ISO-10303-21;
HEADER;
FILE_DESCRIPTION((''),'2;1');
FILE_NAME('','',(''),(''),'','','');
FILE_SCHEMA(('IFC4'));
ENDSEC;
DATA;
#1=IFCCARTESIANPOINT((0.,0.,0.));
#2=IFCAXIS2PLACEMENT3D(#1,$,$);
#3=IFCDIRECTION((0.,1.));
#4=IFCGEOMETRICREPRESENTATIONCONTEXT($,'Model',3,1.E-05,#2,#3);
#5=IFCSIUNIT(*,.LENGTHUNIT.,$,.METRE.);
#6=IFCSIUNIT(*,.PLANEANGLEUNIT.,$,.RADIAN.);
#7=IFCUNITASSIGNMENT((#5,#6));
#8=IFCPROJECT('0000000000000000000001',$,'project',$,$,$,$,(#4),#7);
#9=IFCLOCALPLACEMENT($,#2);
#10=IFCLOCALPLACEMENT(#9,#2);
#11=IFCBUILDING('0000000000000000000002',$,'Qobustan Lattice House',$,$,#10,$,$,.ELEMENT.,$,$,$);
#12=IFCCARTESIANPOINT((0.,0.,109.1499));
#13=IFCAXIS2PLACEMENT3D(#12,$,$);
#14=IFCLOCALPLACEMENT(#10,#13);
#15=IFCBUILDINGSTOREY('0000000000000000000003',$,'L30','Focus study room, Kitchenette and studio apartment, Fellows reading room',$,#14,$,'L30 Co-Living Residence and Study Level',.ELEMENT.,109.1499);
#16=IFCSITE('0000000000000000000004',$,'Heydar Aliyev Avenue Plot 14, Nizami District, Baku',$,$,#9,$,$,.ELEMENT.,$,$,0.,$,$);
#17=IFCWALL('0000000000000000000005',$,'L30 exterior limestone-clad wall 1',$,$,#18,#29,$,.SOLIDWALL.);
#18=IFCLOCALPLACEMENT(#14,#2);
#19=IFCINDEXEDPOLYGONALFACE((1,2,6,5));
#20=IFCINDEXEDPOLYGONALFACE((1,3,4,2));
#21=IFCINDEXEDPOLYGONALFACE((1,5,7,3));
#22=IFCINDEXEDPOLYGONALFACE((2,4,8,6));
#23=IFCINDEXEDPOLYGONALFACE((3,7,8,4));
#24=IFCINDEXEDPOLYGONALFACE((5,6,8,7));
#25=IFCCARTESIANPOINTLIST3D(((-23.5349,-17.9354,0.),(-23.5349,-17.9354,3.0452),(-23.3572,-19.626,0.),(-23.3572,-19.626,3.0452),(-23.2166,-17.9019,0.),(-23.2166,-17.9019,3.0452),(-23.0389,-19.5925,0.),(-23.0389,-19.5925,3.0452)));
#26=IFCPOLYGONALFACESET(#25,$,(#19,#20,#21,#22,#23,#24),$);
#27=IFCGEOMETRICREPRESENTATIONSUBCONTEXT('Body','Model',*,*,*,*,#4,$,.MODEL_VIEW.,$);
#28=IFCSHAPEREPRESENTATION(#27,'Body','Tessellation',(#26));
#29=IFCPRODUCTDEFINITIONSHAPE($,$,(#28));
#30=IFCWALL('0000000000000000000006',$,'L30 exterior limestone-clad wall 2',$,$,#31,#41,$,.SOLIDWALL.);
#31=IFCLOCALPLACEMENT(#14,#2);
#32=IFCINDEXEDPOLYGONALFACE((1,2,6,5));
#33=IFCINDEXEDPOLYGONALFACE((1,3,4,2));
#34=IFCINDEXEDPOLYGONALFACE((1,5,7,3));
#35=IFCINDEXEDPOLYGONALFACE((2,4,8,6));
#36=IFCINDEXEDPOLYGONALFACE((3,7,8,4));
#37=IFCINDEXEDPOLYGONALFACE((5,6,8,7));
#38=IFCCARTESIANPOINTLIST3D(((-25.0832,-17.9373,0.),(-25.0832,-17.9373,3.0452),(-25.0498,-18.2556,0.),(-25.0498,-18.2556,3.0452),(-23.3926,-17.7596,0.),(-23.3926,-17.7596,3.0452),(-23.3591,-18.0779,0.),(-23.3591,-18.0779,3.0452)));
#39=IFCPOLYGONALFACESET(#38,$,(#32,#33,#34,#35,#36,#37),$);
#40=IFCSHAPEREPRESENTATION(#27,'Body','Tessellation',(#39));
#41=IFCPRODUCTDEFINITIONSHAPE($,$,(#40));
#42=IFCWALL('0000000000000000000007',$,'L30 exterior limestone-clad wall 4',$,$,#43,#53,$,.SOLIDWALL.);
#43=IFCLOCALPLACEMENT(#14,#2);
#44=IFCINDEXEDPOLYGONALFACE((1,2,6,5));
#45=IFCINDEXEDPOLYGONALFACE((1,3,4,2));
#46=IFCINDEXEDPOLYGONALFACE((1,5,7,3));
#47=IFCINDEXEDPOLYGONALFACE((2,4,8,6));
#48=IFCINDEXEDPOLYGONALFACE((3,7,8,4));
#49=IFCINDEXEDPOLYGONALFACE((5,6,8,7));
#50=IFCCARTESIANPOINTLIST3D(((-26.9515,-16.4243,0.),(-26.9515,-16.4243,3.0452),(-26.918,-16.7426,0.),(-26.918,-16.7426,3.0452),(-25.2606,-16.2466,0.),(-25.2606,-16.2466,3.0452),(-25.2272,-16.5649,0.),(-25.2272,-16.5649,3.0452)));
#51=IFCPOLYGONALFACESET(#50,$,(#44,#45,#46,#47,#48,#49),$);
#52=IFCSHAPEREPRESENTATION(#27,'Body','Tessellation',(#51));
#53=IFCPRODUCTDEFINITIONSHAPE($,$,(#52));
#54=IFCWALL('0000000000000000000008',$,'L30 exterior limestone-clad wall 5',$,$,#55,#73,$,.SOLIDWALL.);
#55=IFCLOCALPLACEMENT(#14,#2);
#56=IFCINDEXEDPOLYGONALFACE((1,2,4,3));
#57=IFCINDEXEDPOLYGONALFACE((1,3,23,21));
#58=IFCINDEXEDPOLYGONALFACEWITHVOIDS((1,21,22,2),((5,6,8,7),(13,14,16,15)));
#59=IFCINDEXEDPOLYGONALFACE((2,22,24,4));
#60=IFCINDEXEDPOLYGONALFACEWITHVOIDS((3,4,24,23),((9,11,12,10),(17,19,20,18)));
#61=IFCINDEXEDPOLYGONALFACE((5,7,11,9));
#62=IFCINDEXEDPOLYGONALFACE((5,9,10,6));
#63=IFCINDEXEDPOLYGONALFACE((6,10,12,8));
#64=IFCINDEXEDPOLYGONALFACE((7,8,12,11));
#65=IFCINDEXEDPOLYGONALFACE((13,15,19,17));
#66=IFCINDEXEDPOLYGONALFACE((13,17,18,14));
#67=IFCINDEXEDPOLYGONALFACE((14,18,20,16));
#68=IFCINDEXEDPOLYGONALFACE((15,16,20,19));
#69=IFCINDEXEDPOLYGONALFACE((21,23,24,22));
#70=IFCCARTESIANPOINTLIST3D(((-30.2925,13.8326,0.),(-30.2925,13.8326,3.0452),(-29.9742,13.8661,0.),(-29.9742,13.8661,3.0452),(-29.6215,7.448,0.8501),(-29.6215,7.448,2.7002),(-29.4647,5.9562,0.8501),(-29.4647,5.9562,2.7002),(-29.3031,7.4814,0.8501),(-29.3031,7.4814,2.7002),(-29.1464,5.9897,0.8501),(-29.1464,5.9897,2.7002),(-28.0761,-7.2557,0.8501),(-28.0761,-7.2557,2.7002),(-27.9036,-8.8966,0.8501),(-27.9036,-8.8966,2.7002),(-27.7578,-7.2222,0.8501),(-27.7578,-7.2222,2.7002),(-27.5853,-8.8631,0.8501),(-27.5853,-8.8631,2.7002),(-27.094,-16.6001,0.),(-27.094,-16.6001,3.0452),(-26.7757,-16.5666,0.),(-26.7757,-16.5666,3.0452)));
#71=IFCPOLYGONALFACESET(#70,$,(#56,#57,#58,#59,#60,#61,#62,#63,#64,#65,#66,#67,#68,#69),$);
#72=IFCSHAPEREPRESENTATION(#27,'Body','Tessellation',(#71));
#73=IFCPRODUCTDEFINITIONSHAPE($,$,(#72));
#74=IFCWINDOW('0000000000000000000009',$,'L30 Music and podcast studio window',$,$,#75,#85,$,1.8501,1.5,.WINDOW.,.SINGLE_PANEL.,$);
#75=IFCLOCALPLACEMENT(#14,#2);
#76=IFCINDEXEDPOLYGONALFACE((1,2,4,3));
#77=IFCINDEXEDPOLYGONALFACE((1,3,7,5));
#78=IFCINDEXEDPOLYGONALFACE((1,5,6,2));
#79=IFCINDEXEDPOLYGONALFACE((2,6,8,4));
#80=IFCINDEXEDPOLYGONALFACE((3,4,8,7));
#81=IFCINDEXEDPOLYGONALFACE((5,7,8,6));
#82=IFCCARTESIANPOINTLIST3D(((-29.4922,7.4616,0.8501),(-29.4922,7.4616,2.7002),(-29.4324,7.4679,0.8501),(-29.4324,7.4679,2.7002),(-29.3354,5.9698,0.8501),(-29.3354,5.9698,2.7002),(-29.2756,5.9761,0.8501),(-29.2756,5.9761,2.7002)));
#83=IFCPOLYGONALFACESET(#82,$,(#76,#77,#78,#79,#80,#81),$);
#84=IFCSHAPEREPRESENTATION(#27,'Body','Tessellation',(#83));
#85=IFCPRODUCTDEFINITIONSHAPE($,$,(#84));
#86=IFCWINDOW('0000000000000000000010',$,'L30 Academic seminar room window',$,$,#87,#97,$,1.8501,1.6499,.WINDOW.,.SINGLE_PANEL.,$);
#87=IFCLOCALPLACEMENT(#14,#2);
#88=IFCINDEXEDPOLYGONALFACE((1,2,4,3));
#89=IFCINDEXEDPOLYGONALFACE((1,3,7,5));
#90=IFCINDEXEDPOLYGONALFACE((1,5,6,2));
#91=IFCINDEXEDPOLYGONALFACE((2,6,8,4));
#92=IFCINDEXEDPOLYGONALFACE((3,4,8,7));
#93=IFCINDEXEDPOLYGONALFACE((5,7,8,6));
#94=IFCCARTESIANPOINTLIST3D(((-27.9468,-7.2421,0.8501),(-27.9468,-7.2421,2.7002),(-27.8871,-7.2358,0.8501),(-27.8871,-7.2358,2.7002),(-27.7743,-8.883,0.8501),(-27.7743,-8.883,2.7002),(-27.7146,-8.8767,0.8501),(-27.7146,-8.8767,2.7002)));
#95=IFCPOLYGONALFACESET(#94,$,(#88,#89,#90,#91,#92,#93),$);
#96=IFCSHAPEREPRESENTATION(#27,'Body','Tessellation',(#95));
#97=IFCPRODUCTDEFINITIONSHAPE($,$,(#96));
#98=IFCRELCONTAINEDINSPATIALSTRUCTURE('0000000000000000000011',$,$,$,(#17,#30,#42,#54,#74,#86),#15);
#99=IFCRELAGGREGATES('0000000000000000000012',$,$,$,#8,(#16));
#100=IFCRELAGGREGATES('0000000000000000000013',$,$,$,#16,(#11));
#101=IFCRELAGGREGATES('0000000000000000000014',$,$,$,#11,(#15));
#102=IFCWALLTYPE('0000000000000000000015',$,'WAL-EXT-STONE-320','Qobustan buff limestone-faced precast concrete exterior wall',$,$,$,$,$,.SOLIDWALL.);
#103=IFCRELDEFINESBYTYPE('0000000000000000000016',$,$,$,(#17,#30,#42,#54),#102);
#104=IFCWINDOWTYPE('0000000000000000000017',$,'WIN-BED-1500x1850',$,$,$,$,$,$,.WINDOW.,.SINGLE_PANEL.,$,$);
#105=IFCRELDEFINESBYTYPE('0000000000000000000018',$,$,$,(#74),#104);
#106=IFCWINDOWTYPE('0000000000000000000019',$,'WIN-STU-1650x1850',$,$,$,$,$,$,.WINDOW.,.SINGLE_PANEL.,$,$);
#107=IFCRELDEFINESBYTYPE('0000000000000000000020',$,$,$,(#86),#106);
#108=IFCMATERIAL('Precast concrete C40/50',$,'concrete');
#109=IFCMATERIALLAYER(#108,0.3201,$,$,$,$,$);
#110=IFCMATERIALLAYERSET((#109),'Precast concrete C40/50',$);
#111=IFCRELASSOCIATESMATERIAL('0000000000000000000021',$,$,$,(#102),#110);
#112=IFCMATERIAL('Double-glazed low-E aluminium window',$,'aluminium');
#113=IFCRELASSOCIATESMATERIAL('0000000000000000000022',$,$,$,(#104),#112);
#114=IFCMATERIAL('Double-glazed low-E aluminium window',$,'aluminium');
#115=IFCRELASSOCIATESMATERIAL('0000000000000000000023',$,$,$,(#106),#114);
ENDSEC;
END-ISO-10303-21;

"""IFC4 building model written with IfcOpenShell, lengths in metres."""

from ifc_helpers import new_model, si_unit, direction, frame, frame_2d, origin, place, context, subcontext, project, spatial, rectangle, extrude, material, layer, layer_set, type_object, element, fill, save


model = new_model("IFC4")

# Units and contexts
model_context = context("Model", 3, precision=1e-05, world=origin(), true_north=direction((0.0, 1.0)))
body_context = subcontext(model_context, "Body", "Model", "MODEL_VIEW")
ifc_project = project(units=[si_unit("LENGTHUNIT", "METRE"), si_unit("PLANEANGLEUNIT", "RADIAN")], contexts=[model_context])

# Site, building, storey
site_placement = place(None, origin())
site = spatial("IfcSite", under=ifc_project, at=site_placement, Name="Heydar Aliyev Avenue Plot 14, Nizami District, Baku", CompositionType="ELEMENT", RefElevation=0.0)
building_placement = place(site_placement, origin())
building = spatial("IfcBuilding", under=site, at=building_placement, Name="Qobustan Lattice House", CompositionType="ELEMENT")
storey_placement = place(building_placement, frame((0.0, 0.0, 109.1499)))
storey = spatial("IfcBuildingStorey", under=building, at=storey_placement, Name="L30", Description="Focus study room, Kitchenette and studio apartment, Fellows reading room", LongName="L30 Co-Living Residence and Study Level", CompositionType="ELEMENT", Elevation=109.1499)

# Walls
ifc_material_1 = material(Name="Precast concrete C40/50", Category="concrete")
ifc_layer_1 = layer(ifc_material_1, 0.3201)
ifc_layer_set_1 = layer_set([ifc_layer_1], Name="Precast concrete C40/50")
wall_type = type_object("IfcWallType", Name="WAL-EXT-STONE-320", Description="Qobustan buff limestone-faced precast concrete exterior wall", PredefinedType="SOLIDWALL", material=ifc_layer_set_1)
for number, where, z_axis, x_axis, name in (
    (1, (-23.198, -19.6094, 0.0), (0.0, 0.0, 1.0), (-0.10455, 0.99452, 0.0), "L30 exterior limestone-clad wall 1"),
    (2, (-23.3757, -17.9187, 0.0), (0.0, 0.0, 1.0), (-0.99452, -0.10455, 0.0), "L30 exterior limestone-clad wall 2"),
):
    element("IfcWall", number, at=place(storey_placement, frame(where, z_axis=z_axis, x_axis=x_axis)), inside=storey, type_object=wall_type, Name=name, PredefinedType="SOLIDWALL", context=body_context, shape_type="SweptSolid", body=[
        extrude(rectangle(XDim=1.7, YDim=0.3201, at=frame_2d((0.8501, 0.0))), origin(), (0.0, 0.0, 1.0), 3.0452),
    ])
wall_1_placement = place(storey_placement, frame((-25.2439, -16.4058, 0.0), z_axis=(0.0, 0.0, 1.0), x_axis=(-0.994521, -0.104535, 0.0)))
element("IfcWall", 3, at=wall_1_placement, inside=storey, type_object=wall_type, Name="L30 exterior limestone-clad wall 4", PredefinedType="SOLIDWALL", context=body_context, shape_type="SweptSolid", body=[
    extrude(rectangle(XDim=1.7002, YDim=0.3201, at=frame_2d((0.8501, 0.0))), origin(), (0.0, 0.0, 1.0), 3.0452),
])

# Wall, openings, windows
wall_2_placement = place(storey_placement, frame((-26.9348, -16.5835, 0.0), z_axis=(0.0, 0.0, 1.0), x_axis=(-0.104525, 0.994522, 0.0)))
wall_2 = element("IfcWall", 4, at=wall_2_placement, inside=storey, type_object=wall_type, Name="L30 exterior limestone-clad wall 5", PredefinedType="SOLIDWALL", context=body_context, shape_type="SweptSolid", body=[
    extrude(rectangle(XDim=30.6003, YDim=0.3201, at=frame_2d((15.3003, 0.0))), origin(), (0.0, 0.0, 1.0), 3.0452),
])
opening_1_placement = place(wall_2_placement, frame((7.7461, 0.0, 0.8501)))
opening_1 = element("IfcOpeningElement", 5, at=opening_1_placement, cuts=wall_2, PredefinedType="OPENING", context=body_context, shape_type="SweptSolid", body=[
    extrude(rectangle(XDim=1.6499, YDim=1.8501, at=frame_2d((0.825, 0.925))), frame((0.0, 0.1699, 0.0), z_axis=(0.0, -1.0, 0.0), x_axis=(1.0, 0.0, 0.0)), (0.0, 0.0, 1.0), 0.3401),
])
opening_2_placement = place(wall_2_placement, frame((22.6807, 0.0, 0.8501)))
opening_2 = element("IfcOpeningElement", 6, at=opening_2_placement, cuts=wall_2, PredefinedType="OPENING", context=body_context, shape_type="SweptSolid", body=[
    extrude(rectangle(XDim=1.5, YDim=1.8501, at=frame_2d((0.75, 0.925))), frame((0.0, 0.1699, 0.0), z_axis=(0.0, -1.0, 0.0), x_axis=(1.0, 0.0, 0.0)), (0.0, 0.0, 1.0), 0.3401),
])
ifc_material_2 = material(Name="Double-glazed low-E aluminium window", Category="aluminium")
window_type_1 = type_object("IfcWindowType", Name="WIN-BED-1500x1850", PartitioningType="SINGLE_PANEL", PredefinedType="WINDOW", material=ifc_material_2)
window_1_placement = place(opening_2_placement, origin())
window_1 = element("IfcWindow", 7, at=window_1_placement, inside=storey, type_object=window_type_1, Name="L30 Music and podcast studio window", OverallHeight=1.8501, OverallWidth=1.5, PartitioningType="SINGLE_PANEL", PredefinedType="WINDOW", context=body_context, shape_type="SweptSolid", body=[
    extrude(rectangle(XDim=1.5, YDim=1.8501, at=frame_2d((0.75, 0.925))), frame((0.0, 0.03, 0.0), z_axis=(0.0, -1.0, 0.0), x_axis=(1.0, 0.0, 0.0)), (0.0, 0.0, 1.0), 0.0601),
])
fill(opening_2, window_1)
ifc_material_3 = material(Name="Double-glazed low-E aluminium window", Category="aluminium")
window_type_2 = type_object("IfcWindowType", Name="WIN-STU-1650x1850", PartitioningType="SINGLE_PANEL", PredefinedType="WINDOW", material=ifc_material_3)
window_2_placement = place(opening_1_placement, origin())
window_2 = element("IfcWindow", 8, at=window_2_placement, inside=storey, type_object=window_type_2, Name="L30 Academic seminar room window", OverallHeight=1.8501, OverallWidth=1.6499, PartitioningType="SINGLE_PANEL", PredefinedType="WINDOW", context=body_context, shape_type="SweptSolid", body=[
    extrude(rectangle(XDim=1.6499, YDim=1.8501, at=frame_2d((0.825, 0.925))), frame((0.0, 0.03, 0.0), z_axis=(0.0, -1.0, 0.0), x_axis=(1.0, 0.0, 0.0)), (0.0, 0.0, 1.0), 0.0601),
])
fill(opening_1, window_2)

save(model, "model.ifc")
